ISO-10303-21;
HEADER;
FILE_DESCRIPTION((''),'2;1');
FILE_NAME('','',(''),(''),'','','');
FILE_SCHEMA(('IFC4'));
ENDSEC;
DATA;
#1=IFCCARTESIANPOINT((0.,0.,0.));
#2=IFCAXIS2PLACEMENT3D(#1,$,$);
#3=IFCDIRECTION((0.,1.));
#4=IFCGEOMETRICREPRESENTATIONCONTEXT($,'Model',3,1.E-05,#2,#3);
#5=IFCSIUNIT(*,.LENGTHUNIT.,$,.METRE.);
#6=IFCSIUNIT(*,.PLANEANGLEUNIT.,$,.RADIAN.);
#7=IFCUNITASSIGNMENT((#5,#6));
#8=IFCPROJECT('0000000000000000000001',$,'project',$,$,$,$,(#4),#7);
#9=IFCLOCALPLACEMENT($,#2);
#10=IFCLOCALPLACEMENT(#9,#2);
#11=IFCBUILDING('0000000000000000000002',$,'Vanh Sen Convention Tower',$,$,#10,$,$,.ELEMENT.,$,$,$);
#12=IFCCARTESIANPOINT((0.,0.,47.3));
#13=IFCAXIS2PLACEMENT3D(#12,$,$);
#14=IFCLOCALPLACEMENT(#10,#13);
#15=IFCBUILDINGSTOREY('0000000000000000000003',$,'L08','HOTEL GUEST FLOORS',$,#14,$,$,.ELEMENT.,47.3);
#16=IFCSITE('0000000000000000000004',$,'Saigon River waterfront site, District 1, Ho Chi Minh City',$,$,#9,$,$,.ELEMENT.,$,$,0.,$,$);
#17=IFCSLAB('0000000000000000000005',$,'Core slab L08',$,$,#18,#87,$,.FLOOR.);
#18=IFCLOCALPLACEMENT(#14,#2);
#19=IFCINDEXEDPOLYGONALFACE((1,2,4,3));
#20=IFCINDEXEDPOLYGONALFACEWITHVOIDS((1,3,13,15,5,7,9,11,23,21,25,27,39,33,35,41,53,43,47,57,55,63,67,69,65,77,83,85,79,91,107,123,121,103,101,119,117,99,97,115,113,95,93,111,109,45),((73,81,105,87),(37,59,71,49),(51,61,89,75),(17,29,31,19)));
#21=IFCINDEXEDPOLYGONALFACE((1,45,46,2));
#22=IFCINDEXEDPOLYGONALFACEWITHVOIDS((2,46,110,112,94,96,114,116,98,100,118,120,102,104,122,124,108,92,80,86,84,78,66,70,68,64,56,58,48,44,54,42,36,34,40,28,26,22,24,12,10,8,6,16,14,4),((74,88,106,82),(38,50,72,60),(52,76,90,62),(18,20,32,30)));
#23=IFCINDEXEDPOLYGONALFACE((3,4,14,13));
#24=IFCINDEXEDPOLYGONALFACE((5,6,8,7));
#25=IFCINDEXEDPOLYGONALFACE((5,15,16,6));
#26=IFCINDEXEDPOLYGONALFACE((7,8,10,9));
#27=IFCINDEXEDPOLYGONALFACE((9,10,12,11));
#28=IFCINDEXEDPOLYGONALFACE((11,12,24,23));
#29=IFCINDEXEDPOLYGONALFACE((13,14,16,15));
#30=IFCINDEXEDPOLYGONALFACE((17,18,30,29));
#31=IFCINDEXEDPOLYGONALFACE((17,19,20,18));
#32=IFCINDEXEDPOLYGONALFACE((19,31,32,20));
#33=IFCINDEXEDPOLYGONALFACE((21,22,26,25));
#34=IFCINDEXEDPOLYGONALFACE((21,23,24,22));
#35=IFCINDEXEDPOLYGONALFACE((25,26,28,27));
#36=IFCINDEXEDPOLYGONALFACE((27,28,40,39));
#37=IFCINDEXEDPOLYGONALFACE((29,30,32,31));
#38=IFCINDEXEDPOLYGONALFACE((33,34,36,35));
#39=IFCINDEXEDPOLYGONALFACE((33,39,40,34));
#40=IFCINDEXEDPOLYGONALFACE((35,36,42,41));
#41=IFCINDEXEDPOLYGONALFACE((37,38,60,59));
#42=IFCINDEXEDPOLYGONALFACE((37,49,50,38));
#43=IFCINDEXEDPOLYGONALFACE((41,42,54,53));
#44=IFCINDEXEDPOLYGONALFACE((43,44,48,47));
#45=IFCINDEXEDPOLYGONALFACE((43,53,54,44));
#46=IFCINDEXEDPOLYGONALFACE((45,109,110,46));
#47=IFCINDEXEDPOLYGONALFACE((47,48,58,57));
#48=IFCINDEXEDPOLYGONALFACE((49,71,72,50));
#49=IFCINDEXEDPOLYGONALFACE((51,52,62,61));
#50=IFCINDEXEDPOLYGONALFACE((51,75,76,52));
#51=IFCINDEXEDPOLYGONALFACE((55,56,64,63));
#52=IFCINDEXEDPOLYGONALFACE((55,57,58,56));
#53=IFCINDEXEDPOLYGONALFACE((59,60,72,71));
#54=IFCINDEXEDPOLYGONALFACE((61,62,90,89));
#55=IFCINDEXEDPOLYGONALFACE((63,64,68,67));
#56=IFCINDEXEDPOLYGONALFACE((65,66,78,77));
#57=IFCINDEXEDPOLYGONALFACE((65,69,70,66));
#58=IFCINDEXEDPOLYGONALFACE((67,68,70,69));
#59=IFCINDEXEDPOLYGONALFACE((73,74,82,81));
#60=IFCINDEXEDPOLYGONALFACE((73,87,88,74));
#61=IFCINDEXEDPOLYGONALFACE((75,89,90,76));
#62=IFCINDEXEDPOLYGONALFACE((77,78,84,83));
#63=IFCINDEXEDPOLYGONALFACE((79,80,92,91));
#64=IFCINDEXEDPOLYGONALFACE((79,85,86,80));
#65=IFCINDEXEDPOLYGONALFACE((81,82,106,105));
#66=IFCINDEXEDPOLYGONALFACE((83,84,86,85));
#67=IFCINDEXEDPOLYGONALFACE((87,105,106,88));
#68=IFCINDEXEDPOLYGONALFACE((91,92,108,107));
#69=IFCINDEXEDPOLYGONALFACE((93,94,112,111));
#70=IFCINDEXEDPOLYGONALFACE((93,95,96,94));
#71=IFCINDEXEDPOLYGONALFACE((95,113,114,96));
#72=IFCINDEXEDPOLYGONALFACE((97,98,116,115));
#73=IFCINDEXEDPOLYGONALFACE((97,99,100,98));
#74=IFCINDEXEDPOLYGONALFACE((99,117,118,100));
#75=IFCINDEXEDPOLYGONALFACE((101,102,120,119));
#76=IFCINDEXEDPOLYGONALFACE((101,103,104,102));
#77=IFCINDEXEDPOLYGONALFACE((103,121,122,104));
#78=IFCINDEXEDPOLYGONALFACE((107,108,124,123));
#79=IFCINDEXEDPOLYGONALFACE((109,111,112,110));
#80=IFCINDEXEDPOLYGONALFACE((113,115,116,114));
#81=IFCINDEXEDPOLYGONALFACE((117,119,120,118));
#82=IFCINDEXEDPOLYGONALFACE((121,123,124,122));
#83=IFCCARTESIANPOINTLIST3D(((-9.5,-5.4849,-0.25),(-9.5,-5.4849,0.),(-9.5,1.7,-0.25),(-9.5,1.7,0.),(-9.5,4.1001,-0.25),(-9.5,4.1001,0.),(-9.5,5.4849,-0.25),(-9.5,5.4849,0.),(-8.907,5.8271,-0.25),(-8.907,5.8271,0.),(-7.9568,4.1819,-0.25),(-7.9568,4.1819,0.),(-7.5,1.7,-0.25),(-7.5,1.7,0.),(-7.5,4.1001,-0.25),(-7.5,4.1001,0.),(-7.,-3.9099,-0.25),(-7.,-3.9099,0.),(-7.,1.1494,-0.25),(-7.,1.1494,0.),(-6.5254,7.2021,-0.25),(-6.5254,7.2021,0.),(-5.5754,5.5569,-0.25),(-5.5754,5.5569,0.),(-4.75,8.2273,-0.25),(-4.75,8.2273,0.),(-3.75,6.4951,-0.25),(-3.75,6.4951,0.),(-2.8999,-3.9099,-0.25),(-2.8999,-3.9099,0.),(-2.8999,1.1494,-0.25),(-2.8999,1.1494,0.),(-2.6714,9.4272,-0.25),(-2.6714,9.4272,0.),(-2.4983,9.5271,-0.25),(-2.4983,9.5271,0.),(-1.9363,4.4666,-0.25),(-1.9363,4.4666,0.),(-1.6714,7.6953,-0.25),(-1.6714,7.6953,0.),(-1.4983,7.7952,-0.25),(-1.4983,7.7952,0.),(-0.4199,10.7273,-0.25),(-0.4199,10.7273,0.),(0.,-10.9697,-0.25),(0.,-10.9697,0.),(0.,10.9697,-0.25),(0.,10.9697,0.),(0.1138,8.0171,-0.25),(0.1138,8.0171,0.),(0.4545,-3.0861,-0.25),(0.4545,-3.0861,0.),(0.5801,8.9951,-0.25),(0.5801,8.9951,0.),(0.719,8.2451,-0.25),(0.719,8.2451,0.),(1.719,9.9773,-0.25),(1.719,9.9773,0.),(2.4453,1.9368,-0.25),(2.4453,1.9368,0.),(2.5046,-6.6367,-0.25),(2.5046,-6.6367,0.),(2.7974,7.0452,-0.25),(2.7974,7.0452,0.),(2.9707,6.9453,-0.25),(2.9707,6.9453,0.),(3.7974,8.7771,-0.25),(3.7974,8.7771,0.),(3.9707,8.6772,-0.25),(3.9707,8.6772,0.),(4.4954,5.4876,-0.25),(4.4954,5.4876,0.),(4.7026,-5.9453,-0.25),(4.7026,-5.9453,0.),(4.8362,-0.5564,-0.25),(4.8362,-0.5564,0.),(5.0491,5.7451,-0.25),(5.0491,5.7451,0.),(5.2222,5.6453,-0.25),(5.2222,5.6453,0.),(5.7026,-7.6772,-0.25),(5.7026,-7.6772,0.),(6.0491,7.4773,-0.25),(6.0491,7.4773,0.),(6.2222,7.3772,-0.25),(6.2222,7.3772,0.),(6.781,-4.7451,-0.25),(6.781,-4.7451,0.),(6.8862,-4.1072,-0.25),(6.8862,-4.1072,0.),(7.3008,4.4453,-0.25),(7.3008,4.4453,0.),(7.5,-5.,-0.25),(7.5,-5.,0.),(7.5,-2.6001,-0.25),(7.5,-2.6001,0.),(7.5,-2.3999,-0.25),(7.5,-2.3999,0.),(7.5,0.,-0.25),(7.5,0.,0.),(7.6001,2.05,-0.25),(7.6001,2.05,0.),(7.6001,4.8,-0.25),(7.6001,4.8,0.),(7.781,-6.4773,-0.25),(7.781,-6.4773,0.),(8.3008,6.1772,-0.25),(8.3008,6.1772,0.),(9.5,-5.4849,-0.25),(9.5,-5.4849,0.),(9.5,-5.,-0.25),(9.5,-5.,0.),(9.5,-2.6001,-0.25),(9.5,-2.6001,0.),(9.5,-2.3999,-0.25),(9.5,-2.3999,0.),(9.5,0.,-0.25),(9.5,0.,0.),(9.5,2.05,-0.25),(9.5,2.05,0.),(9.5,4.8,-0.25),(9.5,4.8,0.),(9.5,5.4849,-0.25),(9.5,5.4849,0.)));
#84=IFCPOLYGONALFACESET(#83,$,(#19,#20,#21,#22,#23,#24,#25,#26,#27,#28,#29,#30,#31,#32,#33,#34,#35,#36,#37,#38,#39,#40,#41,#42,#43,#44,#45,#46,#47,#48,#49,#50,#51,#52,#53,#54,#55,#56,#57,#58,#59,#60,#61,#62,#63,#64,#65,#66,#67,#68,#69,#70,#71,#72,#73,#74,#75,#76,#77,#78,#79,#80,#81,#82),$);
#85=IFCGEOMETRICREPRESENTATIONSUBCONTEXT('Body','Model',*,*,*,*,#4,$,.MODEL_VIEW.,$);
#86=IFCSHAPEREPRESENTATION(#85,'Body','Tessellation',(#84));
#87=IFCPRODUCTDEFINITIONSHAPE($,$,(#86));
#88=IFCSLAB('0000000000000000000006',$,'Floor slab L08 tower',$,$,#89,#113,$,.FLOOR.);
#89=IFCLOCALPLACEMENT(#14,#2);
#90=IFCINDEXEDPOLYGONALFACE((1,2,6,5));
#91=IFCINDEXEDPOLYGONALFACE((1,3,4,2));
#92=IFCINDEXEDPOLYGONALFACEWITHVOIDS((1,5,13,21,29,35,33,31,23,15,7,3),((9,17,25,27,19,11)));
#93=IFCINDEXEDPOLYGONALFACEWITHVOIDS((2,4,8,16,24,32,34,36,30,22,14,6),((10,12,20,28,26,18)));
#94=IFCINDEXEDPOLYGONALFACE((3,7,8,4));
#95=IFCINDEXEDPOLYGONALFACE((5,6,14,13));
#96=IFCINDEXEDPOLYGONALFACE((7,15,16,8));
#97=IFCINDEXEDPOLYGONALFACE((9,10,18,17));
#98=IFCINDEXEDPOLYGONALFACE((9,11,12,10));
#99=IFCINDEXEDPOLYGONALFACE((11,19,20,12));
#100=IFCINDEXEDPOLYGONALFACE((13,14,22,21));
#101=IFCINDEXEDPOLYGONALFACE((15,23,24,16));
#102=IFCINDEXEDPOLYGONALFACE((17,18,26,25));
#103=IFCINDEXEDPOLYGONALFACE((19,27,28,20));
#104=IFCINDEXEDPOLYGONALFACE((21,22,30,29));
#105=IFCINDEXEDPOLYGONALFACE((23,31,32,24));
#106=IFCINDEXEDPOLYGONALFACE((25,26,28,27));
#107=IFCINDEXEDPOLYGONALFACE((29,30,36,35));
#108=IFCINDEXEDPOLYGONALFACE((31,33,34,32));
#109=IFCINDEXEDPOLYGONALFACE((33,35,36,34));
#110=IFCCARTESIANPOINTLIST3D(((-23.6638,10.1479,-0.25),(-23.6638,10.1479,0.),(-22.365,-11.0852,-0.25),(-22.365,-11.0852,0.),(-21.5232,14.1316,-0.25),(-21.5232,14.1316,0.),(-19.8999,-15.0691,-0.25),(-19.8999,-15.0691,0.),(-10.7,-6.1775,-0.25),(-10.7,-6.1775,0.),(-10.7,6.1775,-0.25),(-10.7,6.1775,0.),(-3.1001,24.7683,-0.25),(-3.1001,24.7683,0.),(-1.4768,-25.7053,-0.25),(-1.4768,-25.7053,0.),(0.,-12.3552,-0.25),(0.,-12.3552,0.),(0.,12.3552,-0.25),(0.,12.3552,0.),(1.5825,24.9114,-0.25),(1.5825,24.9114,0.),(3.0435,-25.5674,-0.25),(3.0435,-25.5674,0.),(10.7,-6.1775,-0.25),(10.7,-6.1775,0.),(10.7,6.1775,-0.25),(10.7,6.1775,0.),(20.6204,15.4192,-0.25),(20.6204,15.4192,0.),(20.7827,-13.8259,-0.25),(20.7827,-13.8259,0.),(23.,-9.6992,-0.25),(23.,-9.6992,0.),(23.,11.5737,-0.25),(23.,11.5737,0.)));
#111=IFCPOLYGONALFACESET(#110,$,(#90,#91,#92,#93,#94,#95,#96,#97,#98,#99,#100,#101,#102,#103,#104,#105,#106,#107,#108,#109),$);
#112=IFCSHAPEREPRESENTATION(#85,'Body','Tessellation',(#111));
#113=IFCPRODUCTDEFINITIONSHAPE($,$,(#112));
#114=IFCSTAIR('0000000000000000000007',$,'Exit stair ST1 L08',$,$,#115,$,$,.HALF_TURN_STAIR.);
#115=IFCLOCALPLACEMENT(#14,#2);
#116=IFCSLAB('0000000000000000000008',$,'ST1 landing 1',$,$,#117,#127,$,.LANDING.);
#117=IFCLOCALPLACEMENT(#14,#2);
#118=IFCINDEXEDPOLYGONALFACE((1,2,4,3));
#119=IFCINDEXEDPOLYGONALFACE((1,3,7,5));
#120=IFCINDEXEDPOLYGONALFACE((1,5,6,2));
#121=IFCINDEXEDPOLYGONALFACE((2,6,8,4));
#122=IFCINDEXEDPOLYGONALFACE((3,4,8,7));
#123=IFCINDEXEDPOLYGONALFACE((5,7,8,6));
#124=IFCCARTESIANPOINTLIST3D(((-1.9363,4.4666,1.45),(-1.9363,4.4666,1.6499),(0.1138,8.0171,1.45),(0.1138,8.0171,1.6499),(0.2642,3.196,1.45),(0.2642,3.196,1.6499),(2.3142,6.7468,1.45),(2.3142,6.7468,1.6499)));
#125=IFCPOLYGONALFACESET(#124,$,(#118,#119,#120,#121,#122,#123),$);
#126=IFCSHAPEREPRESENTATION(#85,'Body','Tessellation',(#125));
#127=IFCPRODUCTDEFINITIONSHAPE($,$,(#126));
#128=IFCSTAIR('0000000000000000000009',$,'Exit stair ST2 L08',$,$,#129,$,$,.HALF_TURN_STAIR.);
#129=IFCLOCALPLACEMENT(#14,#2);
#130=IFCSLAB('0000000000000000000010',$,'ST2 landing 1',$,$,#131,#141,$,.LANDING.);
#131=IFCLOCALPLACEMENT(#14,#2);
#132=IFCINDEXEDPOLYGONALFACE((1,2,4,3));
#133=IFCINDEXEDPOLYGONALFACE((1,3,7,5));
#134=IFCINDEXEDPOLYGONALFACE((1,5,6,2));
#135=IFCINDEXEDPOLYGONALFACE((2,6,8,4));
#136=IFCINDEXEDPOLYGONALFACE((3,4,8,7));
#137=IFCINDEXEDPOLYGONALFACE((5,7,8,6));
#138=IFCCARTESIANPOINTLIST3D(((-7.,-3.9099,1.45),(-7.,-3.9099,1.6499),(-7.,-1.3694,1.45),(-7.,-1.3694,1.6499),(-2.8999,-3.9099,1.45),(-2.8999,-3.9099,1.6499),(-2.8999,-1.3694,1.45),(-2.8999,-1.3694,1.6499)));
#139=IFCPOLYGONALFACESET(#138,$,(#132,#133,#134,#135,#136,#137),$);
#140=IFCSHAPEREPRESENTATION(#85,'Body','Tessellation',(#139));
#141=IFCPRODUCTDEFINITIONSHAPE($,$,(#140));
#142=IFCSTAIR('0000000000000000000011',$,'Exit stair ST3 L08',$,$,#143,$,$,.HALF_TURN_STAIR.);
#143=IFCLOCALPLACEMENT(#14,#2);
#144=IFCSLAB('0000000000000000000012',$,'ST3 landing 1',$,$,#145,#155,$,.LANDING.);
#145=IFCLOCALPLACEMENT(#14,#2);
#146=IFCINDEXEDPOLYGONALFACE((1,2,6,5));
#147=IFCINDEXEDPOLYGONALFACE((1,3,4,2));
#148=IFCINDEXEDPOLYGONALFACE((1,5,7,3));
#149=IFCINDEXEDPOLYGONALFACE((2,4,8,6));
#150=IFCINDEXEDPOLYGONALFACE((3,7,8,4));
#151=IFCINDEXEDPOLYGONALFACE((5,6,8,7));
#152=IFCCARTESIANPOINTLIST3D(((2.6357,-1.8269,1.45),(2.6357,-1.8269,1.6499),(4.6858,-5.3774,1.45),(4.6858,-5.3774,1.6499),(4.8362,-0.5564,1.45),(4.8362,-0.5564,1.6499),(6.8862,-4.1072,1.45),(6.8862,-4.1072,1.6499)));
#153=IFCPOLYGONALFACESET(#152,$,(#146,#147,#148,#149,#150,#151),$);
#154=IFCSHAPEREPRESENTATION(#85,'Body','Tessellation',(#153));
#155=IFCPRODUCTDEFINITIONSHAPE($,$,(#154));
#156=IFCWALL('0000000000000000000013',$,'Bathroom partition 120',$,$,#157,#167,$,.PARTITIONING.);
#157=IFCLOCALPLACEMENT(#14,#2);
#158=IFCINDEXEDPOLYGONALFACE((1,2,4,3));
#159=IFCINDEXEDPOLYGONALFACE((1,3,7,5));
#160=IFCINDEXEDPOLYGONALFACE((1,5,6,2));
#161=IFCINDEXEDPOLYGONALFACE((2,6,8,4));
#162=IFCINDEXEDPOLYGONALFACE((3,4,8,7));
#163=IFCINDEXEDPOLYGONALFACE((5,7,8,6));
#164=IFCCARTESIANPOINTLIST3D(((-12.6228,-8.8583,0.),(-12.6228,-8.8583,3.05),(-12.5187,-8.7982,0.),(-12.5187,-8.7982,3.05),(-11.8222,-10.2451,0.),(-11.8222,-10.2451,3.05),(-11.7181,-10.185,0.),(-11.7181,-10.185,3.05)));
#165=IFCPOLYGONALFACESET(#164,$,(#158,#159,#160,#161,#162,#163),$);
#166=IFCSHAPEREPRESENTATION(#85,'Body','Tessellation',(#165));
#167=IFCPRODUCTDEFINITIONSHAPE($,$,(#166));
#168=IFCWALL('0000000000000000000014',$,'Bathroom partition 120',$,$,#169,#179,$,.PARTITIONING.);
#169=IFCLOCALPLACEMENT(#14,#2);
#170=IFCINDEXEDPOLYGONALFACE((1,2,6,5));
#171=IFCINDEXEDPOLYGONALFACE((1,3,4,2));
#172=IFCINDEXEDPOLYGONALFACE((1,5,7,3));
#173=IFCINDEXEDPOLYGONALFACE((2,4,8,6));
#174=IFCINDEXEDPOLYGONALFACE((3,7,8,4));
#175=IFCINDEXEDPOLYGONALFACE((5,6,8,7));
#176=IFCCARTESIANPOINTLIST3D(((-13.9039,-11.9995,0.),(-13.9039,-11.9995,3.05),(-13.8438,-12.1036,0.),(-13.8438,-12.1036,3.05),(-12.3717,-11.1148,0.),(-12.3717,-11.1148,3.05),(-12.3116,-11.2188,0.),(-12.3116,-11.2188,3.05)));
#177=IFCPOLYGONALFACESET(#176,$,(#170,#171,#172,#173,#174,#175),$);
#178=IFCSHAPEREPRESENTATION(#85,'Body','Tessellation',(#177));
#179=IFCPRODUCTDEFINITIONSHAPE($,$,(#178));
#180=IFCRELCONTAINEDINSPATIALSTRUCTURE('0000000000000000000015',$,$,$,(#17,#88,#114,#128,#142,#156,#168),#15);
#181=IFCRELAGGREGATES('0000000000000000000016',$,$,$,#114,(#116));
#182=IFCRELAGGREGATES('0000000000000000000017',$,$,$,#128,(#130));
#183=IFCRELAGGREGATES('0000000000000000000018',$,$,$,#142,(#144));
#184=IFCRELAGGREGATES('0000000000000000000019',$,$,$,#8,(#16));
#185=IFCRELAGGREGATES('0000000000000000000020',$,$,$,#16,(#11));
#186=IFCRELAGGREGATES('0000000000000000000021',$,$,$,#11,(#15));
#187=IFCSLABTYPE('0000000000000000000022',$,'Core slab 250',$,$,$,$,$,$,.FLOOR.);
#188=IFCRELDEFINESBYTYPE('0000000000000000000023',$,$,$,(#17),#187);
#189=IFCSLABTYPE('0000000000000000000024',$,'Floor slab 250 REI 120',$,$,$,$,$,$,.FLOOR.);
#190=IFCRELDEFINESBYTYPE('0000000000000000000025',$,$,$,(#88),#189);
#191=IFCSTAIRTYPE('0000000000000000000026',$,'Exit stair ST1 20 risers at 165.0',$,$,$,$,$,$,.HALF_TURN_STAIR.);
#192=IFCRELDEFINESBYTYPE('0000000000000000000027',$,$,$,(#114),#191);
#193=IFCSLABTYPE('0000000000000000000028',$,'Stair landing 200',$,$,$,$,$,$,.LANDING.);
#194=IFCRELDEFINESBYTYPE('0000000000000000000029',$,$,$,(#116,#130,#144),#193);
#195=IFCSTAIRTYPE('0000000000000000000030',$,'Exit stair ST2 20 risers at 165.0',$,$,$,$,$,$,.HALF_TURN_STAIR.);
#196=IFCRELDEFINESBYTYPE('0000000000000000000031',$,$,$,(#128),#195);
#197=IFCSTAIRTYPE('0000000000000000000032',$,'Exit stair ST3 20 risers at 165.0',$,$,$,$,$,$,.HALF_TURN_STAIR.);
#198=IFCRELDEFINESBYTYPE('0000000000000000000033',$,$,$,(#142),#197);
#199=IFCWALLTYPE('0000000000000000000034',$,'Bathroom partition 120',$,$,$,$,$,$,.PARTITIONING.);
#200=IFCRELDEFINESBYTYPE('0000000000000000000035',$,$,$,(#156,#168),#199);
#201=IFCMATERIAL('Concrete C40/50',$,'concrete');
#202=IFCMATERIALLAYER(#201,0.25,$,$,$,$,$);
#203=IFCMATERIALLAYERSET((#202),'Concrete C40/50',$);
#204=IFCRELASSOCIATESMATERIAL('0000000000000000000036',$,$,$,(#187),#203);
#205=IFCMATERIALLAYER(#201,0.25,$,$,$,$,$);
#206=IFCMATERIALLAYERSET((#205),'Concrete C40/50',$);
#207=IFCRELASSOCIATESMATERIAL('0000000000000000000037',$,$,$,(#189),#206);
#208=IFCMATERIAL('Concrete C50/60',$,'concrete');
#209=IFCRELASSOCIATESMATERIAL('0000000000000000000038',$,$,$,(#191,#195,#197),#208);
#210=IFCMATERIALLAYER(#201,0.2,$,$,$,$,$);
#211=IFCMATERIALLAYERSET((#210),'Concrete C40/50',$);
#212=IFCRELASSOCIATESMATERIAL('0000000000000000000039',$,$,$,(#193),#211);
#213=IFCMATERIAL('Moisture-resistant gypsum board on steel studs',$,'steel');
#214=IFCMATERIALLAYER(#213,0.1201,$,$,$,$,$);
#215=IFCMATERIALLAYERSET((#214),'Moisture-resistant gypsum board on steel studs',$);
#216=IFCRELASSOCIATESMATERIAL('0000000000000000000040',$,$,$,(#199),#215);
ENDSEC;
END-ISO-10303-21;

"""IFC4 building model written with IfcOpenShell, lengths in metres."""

from ifc_helpers import new_model, si_unit, direction, frame, frame_2d, origin, place, context, subcontext, project, spatial, polyline, rectangle, outline, extrude, material, layer, layer_set, type_object, element, aggregate, save


model = new_model("IFC4")

# Units and contexts
model_context = context("Model", 3, precision=1e-05, world=origin(), true_north=direction((0.0, 1.0)))
body_context = subcontext(model_context, "Body", "Model", "MODEL_VIEW")
ifc_project = project(units=[si_unit("LENGTHUNIT", "METRE"), si_unit("PLANEANGLEUNIT", "RADIAN")], contexts=[model_context])

# Site, building, storey
site_placement = place(None, origin())
site = spatial("IfcSite", under=ifc_project, at=site_placement, Name="Saigon River waterfront site, District 1, Ho Chi Minh City", CompositionType="ELEMENT", RefElevation=0.0)
building_placement = place(site_placement, origin())
building = spatial("IfcBuilding", under=site, at=building_placement, Name="Vanh Sen Convention Tower", CompositionType="ELEMENT")
storey_placement = place(building_placement, frame((0.0, 0.0, 47.3)))
storey = spatial("IfcBuildingStorey", under=building, at=storey_placement, Name="L08", Description="HOTEL GUEST FLOORS", CompositionType="ELEMENT", Elevation=47.3)

# Slabs
ifc_material_1 = material(Name="Concrete C40/50", Category="concrete")
ifc_layer_1 = layer(ifc_material_1, 0.25)
ifc_layer_set_1 = layer_set([ifc_layer_1], Name="Concrete C40/50")
slab_type_1 = type_object("IfcSlabType", Name="Core slab 250", PredefinedType="FLOOR", material=ifc_layer_set_1)
slab_1_placement = place(storey_placement, frame((0.0, 0.0, -0.25)))
element("IfcSlab", 1, at=slab_1_placement, inside=storey, type_object=slab_type_1, Name="Core slab L08", PredefinedType="FLOOR", context=body_context, shape_type="SweptSolid", body=[
    extrude(outline(polyline([(9.5, 5.4849), (9.5, 4.8), (7.6001, 4.8), (7.6001, 2.05), (9.5, 2.05), (9.5, 0.0), (7.5, 0.0), (7.5, -2.3999), (9.5, -2.3999), (9.5, -2.6001), (7.5, -2.6001), (7.5, -5.0), (9.5, -5.0), (9.5, -5.4849), (0.0, -10.9697), (-9.5, -5.4849), (-9.5, 1.7), (-7.5, 1.7), (-7.5, 4.1001), (-9.5, 4.1001), (-9.5, 5.4849), (-8.907, 5.8271), (-7.9568, 4.1819), (-5.5754, 5.5569), (-6.5254, 7.2021), (-4.75, 8.2273), (-3.75, 6.4951), (-1.6714, 7.6953), (-2.6714, 9.4272), (-2.4983, 9.5271), (-1.4983, 7.7952), (0.5801, 8.9951), (-0.4199, 10.7273), (0.0, 10.9697), (1.719, 9.9773), (0.719, 8.2451), (2.7974, 7.0452), (3.7974, 8.7771), (3.9707, 8.6772), (2.9707, 6.9453), (5.0491, 5.7451), (6.0491, 7.4773), (6.2222, 7.3772), (5.2222, 5.6453), (7.3008, 4.4453), (8.3008, 6.1772), (9.5, 5.4849)]), holes=[polyline([(-7.0, 3.1499), (-7.0, -3.9099), (-2.8999, -3.9099), (-2.8999, 3.1499), (-2.8999, 1.1494), (-7.0, 1.1494), (-7.0, 3.1499)]), polyline([(4.4954, 5.4875), (6.228, 4.4873), (0.1138, 8.0171), (-1.9363, 4.4666), (2.4453, 1.9368), (4.4954, 5.4875)]), polyline([(7.781, -6.4773), (6.781, -4.7451), (4.7026, -5.9453), (5.7026, -7.6772), (7.781, -6.4773)]), polyline([(0.4546, -3.0862), (2.5046, -6.6367), (6.8862, -4.1072), (4.8362, -0.5564), (-1.2781, -4.0864), (0.4546, -3.0862)])]), origin(), (0.0, 0.0, 1.0), 0.25),
])
ifc_layer_2 = layer(ifc_material_1, 0.25)
ifc_layer_set_2 = layer_set([ifc_layer_2], Name="Concrete C40/50")
slab_type_2 = type_object("IfcSlabType", Name="Floor slab 250 REI 120", PredefinedType="FLOOR", material=ifc_layer_set_2)
slab_2_placement = place(storey_placement, frame((0.0, 0.0, -0.25)))
element("IfcSlab", 2, at=slab_2_placement, inside=storey, type_object=slab_type_2, Name="Floor slab L08 tower", PredefinedType="FLOOR", context=body_context, shape_type="SweptSolid", body=[
    extrude(outline(polyline([(23.0, -9.6992), (23.0, 11.5737), (20.6204, 15.4192), (1.5825, 24.9114), (-3.1001, 24.7683), (-21.5232, 14.1316), (-23.6638, 10.1479), (-22.365, -11.0852), (-19.8999, -15.0691), (-1.4768, -25.7053), (3.0435, -25.5674), (20.7827, -13.8259), (23.0, -9.6992)]), holes=[polyline([(0.0, 12.3552), (-10.7, 6.1775), (-10.7, -6.1775), (0.0, -12.3552), (10.7, -6.1775), (10.7, 6.1775), (0.0, 12.3552)])]), origin(), (0.0, 0.0, 1.0), 0.25),
])

# Stairs, slabs
ifc_material_2 = material(Name="Concrete C50/60", Category="concrete")
stair_type_1 = type_object("IfcStairType", Name="Exit stair ST1 20 risers at 165.0", PredefinedType="HALF_TURN_STAIR", material=ifc_material_2)
stair_1_placement = place(storey_placement, origin())
stair_1 = element("IfcStair", 3, at=stair_1_placement, inside=storey, type_object=stair_type_1, Name="Exit stair ST1 L08", PredefinedType="HALF_TURN_STAIR")
ifc_layer_3 = layer(ifc_material_1, 0.2)
ifc_layer_set_3 = layer_set([ifc_layer_3], Name="Concrete C40/50")
slab_type_3 = type_object("IfcSlabType", Name="Stair landing 200", PredefinedType="LANDING", material=ifc_layer_set_3)
slab_3_placement = place(storey_placement, frame((0.0, 0.0, 1.45)))
slab_3 = element("IfcSlab", 4, at=slab_3_placement, type_object=slab_type_3, Name="ST1 landing 1", PredefinedType="LANDING", context=body_context, shape_type="SweptSolid", body=[
    extrude(outline(polyline([(2.3142, 6.7468), (0.1138, 8.0171), (-1.9363, 4.4666), (0.2642, 3.196), (2.3142, 6.7468)])), origin(), (0.0, 0.0, 1.0), 0.2),
])
aggregate(stair_1, [slab_3])
stair_type_2 = type_object("IfcStairType", Name="Exit stair ST2 20 risers at 165.0", PredefinedType="HALF_TURN_STAIR", material=ifc_material_2)
stair_2_placement = place(storey_placement, origin())
stair_2 = element("IfcStair", 5, at=stair_2_placement, inside=storey, type_object=stair_type_2, Name="Exit stair ST2 L08", PredefinedType="HALF_TURN_STAIR")
slab_4_placement = place(storey_placement, frame((0.0, 0.0, 1.45)))
slab_4 = element("IfcSlab", 6, at=slab_4_placement, type_object=slab_type_3, Name="ST2 landing 1", PredefinedType="LANDING", context=body_context, shape_type="SweptSolid", body=[
    extrude(outline(polyline([(-7.0, -1.3694), (-7.0, -3.9099), (-2.8999, -3.9099), (-2.8999, -1.3694), (-7.0, -1.3694)])), origin(), (0.0, 0.0, 1.0), 0.2),
])
aggregate(stair_2, [slab_4])
stair_type_3 = type_object("IfcStairType", Name="Exit stair ST3 20 risers at 165.0", PredefinedType="HALF_TURN_STAIR", material=ifc_material_2)
stair_3_placement = place(storey_placement, origin())
stair_3 = element("IfcStair", 7, at=stair_3_placement, inside=storey, type_object=stair_type_3, Name="Exit stair ST3 L08", PredefinedType="HALF_TURN_STAIR")
slab_5_placement = place(storey_placement, frame((0.0, 0.0, 1.45)))
slab_5 = element("IfcSlab", 8, at=slab_5_placement, type_object=slab_type_3, Name="ST3 landing 1", PredefinedType="LANDING", context=body_context, shape_type="SweptSolid", body=[
    extrude(outline(polyline([(4.6858, -5.3774), (6.8862, -4.1072), (4.8362, -0.5564), (2.6357, -1.8269), (4.6858, -5.3774)])), origin(), (0.0, 0.0, 1.0), 0.2),
])
aggregate(stair_3, [slab_5])

# Walls
ifc_material_3 = material(Name="Moisture-resistant gypsum board on steel studs", Category="steel")
ifc_layer_4 = layer(ifc_material_3, 0.1201)
ifc_layer_set_4 = layer_set([ifc_layer_4], Name="Moisture-resistant gypsum board on steel studs")
wall_type_1 = type_object("IfcWallType", Name="Bathroom partition 120", PredefinedType="PARTITIONING", material=ifc_layer_set_4)
wall_1_placement = place(storey_placement, frame((-12.5708, -8.8281, 0.0), z_axis=(0.0, 0.0, 1.0), x_axis=(0.49996, -0.866048, 0.0)))
element("IfcWall", 9, at=wall_1_placement, inside=storey, type_object=wall_type_1, Name="Bathroom partition 120", PredefinedType="PARTITIONING", context=body_context, shape_type="SweptSolid", body=[
    extrude(rectangle(XDim=1.6013, YDim=0.1201, at=frame_2d((0.8008, 0.0))), origin(), (0.0, 0.0, 1.0), 3.05),
])
wall_2_placement = place(storey_placement, frame((-12.3416, -11.1667, 0.0), z_axis=(0.0, 0.0, 1.0), x_axis=(-0.865993, -0.500057, 0.0)))
element("IfcWall", 10, at=wall_2_placement, inside=storey, type_object=wall_type_1, Name="Bathroom partition 120", PredefinedType="PARTITIONING", context=body_context, shape_type="SweptSolid", body=[
    extrude(rectangle(XDim=1.7693, YDim=0.1201, at=frame_2d((0.8848, 0.0))), origin(), (0.0, 0.0, 1.0), 3.05),
])

save(model, "model.ifc")
